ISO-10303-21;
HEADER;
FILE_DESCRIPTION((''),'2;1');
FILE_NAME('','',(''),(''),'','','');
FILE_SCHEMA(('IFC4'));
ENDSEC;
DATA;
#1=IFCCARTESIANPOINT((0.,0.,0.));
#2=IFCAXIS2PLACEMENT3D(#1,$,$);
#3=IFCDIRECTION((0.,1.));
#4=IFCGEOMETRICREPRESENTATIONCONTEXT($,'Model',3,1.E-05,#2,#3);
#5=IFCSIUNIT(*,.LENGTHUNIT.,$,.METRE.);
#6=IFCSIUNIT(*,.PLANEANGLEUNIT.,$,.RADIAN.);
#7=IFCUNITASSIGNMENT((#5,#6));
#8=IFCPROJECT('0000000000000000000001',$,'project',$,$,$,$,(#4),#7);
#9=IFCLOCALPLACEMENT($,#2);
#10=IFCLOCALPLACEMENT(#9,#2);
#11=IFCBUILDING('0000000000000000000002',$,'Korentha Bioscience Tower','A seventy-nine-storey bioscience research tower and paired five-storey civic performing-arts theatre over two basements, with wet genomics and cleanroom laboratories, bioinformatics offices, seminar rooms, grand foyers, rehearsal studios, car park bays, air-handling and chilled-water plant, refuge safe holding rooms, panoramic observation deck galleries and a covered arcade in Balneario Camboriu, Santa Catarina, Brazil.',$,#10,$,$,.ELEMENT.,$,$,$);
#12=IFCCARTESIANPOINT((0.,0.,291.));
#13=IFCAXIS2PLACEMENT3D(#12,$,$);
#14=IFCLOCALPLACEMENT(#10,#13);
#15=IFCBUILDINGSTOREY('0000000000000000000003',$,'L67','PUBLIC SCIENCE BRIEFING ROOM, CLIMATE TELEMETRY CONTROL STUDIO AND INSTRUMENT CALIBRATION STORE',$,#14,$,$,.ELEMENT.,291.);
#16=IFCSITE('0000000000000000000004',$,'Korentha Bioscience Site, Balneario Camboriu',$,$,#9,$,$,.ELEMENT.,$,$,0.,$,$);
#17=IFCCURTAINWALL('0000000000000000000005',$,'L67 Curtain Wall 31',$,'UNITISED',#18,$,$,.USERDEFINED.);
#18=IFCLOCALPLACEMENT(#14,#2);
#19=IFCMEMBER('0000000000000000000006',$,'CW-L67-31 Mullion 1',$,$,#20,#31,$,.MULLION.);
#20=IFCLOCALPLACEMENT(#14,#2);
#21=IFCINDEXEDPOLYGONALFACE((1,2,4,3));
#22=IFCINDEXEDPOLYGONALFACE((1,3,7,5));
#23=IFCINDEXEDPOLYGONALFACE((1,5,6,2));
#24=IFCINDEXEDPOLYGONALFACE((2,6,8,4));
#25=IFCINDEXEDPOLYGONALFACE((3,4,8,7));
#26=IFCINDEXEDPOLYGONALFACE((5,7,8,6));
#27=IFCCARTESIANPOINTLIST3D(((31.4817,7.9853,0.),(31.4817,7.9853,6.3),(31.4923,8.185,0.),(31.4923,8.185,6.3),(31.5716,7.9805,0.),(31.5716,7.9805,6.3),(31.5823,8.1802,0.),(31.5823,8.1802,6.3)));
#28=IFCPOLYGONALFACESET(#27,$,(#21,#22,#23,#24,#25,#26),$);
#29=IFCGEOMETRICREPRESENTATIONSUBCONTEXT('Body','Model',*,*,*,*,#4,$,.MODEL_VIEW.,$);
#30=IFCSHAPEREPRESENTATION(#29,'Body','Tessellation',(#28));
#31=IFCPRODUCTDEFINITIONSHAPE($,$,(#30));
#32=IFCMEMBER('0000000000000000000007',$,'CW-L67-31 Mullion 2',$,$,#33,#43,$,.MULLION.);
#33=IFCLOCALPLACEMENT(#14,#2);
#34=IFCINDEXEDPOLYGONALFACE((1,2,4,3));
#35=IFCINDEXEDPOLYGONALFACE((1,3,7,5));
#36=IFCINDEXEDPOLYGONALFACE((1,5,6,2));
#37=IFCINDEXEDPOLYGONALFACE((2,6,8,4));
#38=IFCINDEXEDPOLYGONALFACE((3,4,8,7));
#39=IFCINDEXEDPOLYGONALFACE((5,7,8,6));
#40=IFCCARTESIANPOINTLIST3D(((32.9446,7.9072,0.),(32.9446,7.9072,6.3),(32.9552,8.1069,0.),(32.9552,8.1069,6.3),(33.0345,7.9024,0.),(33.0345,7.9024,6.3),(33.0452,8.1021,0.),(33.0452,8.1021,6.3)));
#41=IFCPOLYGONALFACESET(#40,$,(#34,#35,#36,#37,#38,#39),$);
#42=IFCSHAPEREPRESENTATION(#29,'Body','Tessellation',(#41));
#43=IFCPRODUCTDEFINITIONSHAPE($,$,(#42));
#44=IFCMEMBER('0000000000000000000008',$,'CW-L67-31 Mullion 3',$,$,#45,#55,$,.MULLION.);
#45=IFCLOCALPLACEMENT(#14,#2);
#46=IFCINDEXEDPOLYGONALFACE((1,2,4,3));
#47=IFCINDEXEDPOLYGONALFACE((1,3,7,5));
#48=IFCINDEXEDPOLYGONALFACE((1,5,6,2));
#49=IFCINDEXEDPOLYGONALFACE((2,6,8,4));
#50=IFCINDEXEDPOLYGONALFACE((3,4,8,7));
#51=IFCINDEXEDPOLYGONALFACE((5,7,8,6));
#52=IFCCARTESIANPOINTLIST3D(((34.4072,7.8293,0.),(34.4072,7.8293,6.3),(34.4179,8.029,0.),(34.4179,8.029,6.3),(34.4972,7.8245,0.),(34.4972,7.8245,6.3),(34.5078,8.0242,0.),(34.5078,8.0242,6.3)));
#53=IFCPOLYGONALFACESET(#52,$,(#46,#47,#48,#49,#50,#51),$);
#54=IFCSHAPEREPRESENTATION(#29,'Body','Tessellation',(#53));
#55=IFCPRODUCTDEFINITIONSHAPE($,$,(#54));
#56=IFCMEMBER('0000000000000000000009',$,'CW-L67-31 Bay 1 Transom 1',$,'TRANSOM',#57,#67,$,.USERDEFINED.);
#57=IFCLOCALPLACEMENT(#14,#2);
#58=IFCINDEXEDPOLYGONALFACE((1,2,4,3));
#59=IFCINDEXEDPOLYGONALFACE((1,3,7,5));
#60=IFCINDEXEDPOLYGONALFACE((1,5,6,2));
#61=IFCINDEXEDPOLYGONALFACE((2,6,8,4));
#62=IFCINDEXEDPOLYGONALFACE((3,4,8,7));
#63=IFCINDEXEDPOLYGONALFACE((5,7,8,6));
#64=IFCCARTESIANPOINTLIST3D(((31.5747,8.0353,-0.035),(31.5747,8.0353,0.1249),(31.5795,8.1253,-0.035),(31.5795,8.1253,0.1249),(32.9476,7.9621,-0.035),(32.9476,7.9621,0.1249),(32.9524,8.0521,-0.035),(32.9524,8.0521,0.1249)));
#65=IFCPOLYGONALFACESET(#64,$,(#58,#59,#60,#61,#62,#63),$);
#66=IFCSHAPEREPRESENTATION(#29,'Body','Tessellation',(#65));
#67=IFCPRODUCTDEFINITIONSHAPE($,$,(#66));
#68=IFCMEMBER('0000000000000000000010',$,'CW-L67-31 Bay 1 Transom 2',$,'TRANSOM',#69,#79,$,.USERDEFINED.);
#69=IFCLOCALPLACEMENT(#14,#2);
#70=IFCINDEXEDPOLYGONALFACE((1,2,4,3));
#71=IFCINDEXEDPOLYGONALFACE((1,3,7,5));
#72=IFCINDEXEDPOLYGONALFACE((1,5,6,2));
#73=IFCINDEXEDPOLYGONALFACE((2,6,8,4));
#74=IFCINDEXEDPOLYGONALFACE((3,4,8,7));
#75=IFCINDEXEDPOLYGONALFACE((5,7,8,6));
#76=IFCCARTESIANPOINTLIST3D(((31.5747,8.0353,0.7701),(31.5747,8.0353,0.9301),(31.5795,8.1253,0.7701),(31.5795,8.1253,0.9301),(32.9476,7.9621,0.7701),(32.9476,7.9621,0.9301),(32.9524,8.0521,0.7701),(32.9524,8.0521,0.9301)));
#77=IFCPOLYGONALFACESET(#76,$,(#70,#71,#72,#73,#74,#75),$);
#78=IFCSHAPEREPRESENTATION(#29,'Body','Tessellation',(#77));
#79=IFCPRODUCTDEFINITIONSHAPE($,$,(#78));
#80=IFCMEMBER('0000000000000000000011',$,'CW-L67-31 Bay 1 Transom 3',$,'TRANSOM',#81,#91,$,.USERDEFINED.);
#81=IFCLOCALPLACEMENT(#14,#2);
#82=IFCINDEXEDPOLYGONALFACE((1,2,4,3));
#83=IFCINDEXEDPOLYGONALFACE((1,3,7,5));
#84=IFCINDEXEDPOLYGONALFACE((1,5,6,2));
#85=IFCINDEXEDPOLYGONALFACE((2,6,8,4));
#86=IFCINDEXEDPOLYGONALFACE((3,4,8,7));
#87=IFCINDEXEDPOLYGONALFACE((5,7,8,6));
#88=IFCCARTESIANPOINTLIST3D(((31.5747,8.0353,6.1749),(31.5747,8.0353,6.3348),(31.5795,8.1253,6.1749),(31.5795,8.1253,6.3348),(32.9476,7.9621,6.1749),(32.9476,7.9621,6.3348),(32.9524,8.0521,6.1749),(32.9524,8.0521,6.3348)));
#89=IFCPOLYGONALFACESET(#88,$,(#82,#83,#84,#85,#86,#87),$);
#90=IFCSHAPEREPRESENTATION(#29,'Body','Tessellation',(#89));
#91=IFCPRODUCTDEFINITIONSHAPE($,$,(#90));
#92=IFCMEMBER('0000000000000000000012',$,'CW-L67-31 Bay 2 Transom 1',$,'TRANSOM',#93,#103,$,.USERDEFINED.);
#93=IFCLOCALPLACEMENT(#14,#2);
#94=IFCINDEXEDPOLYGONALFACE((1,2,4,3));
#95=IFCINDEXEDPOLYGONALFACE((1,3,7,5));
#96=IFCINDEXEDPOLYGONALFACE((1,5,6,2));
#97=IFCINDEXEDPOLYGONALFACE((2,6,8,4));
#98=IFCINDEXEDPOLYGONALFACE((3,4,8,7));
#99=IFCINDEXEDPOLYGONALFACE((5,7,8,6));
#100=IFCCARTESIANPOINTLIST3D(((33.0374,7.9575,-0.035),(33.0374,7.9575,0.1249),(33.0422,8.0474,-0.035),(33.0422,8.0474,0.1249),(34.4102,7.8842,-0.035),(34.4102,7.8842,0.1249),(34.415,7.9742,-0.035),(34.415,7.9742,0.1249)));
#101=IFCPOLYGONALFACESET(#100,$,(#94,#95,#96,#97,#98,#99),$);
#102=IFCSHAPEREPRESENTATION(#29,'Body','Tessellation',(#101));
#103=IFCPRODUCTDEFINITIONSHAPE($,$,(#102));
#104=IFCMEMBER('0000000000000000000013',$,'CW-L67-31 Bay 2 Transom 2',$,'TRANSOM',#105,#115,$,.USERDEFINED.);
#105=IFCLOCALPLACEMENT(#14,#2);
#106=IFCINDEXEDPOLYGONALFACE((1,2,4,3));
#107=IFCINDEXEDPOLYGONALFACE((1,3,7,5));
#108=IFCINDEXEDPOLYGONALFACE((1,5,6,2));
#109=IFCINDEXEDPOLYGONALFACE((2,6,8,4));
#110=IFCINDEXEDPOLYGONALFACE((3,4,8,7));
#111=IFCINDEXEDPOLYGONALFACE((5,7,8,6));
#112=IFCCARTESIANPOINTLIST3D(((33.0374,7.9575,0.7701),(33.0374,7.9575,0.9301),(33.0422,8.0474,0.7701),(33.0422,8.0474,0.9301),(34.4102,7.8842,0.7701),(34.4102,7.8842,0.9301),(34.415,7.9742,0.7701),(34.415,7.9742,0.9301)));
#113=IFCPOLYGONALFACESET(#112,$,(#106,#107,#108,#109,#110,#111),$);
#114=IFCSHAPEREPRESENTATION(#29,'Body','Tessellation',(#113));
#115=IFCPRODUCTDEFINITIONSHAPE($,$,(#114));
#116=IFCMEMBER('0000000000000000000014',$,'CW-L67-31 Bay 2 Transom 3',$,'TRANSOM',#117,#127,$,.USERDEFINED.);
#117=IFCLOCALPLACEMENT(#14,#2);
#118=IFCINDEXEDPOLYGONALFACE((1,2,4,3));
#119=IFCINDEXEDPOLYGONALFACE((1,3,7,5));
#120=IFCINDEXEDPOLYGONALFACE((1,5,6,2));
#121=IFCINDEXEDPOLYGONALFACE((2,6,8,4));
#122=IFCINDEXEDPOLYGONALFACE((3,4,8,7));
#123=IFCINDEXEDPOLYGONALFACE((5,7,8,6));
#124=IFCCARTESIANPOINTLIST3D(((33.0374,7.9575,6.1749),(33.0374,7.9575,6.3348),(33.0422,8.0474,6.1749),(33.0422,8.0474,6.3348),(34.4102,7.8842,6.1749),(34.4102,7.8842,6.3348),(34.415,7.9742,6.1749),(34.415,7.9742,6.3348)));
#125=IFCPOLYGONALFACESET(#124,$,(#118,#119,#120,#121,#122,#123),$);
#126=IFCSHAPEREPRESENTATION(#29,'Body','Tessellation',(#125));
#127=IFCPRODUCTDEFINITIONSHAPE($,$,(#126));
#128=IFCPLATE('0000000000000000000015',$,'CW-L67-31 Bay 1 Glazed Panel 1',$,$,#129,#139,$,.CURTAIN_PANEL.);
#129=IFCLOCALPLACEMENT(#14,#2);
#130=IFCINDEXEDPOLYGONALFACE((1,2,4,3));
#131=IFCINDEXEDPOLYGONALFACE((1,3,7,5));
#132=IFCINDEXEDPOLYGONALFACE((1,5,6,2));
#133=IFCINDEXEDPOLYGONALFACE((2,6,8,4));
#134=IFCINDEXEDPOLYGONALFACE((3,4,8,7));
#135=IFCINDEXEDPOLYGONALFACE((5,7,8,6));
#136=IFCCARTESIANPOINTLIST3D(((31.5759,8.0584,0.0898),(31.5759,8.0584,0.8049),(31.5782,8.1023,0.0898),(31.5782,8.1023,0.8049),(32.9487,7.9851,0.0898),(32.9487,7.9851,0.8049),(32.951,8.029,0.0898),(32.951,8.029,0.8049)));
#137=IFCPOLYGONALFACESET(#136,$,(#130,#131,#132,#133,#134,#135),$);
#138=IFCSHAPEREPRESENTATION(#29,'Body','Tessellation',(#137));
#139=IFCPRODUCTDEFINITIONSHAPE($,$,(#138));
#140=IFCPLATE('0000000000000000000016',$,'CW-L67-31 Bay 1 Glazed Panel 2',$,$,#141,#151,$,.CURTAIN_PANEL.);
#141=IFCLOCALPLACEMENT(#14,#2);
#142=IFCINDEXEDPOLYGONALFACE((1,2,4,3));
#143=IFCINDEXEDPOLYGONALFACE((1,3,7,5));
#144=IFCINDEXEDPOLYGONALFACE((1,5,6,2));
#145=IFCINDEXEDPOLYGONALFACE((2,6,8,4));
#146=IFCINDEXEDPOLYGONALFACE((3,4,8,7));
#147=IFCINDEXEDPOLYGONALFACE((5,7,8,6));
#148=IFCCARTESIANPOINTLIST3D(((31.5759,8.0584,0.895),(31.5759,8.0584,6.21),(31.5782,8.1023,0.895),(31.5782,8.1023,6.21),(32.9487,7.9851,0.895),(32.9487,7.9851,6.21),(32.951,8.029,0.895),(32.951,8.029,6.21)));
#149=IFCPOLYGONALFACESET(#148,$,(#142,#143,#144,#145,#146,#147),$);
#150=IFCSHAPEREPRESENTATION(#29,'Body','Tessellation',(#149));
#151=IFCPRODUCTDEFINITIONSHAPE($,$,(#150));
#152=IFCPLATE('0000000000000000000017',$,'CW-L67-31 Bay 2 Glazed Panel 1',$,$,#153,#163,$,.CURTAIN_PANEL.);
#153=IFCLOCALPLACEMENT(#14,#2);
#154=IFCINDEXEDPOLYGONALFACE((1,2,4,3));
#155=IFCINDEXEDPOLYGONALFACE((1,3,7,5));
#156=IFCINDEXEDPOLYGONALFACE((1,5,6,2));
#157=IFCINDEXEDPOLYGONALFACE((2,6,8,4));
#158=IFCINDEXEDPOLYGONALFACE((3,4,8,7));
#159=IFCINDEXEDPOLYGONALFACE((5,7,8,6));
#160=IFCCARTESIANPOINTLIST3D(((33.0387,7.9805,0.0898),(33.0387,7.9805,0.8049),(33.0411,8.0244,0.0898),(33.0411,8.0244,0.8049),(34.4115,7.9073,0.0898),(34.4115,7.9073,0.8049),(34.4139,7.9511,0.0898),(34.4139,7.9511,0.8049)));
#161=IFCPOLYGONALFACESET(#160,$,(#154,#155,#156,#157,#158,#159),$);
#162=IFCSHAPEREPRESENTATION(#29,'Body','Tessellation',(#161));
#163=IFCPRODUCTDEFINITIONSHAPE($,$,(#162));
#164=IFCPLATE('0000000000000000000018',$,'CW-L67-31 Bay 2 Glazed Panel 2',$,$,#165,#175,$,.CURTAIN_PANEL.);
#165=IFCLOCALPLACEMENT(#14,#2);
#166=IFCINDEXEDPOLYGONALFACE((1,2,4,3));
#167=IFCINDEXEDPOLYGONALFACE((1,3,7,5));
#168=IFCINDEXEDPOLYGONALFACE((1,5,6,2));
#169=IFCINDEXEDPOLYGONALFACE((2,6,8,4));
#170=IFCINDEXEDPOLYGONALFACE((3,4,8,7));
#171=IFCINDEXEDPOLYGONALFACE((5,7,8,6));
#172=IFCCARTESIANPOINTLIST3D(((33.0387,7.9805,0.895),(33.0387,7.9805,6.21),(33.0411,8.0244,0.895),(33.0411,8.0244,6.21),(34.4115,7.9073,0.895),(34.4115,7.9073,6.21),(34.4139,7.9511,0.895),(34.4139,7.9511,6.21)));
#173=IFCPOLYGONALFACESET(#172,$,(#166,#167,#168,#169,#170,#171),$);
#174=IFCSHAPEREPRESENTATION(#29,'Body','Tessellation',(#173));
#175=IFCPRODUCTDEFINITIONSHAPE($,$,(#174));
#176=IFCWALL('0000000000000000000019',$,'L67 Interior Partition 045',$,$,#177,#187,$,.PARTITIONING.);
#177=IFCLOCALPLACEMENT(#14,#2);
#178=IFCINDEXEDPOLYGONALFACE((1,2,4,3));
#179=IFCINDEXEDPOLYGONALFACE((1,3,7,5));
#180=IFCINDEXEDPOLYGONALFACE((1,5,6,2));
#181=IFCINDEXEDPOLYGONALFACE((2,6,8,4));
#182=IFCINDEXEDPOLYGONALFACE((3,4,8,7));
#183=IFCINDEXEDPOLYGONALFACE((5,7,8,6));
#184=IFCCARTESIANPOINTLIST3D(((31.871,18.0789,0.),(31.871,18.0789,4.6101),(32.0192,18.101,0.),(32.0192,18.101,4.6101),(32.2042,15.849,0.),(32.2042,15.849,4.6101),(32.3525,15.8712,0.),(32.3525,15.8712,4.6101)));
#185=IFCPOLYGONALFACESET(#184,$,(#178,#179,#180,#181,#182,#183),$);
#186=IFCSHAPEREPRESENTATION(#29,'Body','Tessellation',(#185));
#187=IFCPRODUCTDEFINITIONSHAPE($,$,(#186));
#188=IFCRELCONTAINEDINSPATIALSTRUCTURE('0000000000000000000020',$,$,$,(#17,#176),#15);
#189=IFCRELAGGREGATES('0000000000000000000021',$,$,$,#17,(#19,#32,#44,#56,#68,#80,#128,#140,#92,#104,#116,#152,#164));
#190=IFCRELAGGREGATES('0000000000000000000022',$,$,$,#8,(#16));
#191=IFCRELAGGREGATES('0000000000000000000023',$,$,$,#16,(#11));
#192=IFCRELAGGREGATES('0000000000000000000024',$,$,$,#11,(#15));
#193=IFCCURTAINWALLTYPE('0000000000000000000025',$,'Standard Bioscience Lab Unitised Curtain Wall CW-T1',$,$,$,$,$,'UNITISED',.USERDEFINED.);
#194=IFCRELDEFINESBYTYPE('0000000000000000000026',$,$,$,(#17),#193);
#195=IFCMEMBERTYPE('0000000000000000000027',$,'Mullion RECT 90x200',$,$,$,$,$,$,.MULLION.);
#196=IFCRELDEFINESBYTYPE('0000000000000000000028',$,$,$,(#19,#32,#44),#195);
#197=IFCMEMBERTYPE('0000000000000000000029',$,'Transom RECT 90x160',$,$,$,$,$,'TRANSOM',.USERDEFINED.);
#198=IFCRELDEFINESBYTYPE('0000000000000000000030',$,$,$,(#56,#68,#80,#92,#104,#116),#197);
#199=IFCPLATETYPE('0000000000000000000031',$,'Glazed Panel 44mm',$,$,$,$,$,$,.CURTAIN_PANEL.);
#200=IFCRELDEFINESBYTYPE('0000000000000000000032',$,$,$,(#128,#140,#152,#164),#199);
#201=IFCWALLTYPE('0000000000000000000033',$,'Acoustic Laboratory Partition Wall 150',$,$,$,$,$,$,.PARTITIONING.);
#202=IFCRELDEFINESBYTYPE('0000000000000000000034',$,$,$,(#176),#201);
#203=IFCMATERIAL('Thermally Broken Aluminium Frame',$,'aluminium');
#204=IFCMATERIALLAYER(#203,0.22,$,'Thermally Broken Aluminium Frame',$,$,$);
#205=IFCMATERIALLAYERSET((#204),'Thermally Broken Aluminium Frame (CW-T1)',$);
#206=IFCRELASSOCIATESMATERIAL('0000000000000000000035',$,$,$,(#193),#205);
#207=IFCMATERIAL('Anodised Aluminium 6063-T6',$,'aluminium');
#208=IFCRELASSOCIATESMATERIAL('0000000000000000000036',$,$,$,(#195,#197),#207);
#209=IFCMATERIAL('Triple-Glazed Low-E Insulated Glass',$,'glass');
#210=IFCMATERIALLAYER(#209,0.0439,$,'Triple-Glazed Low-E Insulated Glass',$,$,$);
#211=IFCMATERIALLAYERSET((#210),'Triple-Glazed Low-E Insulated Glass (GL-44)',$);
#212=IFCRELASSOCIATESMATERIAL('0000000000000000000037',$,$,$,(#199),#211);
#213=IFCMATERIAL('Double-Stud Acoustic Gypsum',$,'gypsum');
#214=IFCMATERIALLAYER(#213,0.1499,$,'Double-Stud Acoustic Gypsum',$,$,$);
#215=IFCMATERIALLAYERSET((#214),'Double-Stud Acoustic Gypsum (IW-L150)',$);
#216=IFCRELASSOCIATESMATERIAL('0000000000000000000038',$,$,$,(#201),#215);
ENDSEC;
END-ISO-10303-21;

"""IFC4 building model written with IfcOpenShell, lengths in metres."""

from ifc_helpers import new_model, si_unit, direction, frame, frame_2d, origin, origin_2d, place, context, subcontext, project, spatial, rectangle, extrude, material, layer, layer_set, material_profile, profile_set, type_object, element, aggregate, save


model = new_model("IFC4")

# Units and contexts
model_context = context("Model", 3, precision=1e-05, world=origin(), true_north=direction((0.0, 1.0)))
body_context = subcontext(model_context, "Body", "Model", "MODEL_VIEW")
ifc_project = project(units=[si_unit("LENGTHUNIT", "METRE"), si_unit("PLANEANGLEUNIT", "RADIAN")], contexts=[model_context])

# Site, building, storey
site_placement = place(None, origin())
site = spatial("IfcSite", under=ifc_project, at=site_placement, Name="Korentha Bioscience Site, Balneario Camboriu", CompositionType="ELEMENT", RefElevation=0.0)
building_placement = place(site_placement, origin())
building = spatial("IfcBuilding", under=site, at=building_placement, Name="Korentha Bioscience Tower", Description="A seventy-nine-storey bioscience research tower and paired five-storey civic performing-arts theatre over two basements, with wet genomics and cleanroom laboratories, bioinformatics offices, seminar rooms, grand foyers, rehearsal studios, car park bays, air-handling and chilled-water plant, refuge safe holding rooms, panoramic observation deck galleries and a covered arcade in Balneario Camboriu, Santa Catarina, Brazil.", CompositionType="ELEMENT")
storey_placement = place(building_placement, frame((0.0, 0.0, 291.0)))
storey = spatial("IfcBuildingStorey", under=building, at=storey_placement, Name="L67", Description="PUBLIC SCIENCE BRIEFING ROOM, CLIMATE TELEMETRY CONTROL STUDIO AND INSTRUMENT CALIBRATION STORE", CompositionType="ELEMENT", Elevation=291.0)

# Curtain wall, members, plates
ifc_material_1 = material(Name="Thermally Broken Aluminium Frame", Category="aluminium")
ifc_layer_1 = layer(ifc_material_1, 0.22, Name="Thermally Broken Aluminium Frame")
ifc_layer_set_1 = layer_set([ifc_layer_1], Name="Thermally Broken Aluminium Frame (CW-T1)")
curtain_wall_type = type_object("IfcCurtainWallType", Name="Standard Bioscience Lab Unitised Curtain Wall CW-T1", ElementType="UNITISED", PredefinedType="USERDEFINED", material=ifc_layer_set_1)
curtain_wall_placement = place(storey_placement, origin())
curtain_wall = element("IfcCurtainWall", 1, at=curtain_wall_placement, inside=storey, type_object=curtain_wall_type, Name="L67 Curtain Wall 31", ObjectType="UNITISED", PredefinedType="USERDEFINED")
ifc_material_2 = material(Name="Anodised Aluminium 6063-T6", Category="aluminium")
ifc_material_profile_1 = material_profile(ifc_material_2, rectangle(XDim=0.0901, YDim=0.2, at=origin_2d()), Name="Anodised Aluminium 6063-T6")
ifc_profile_set_1 = profile_set([ifc_material_profile_1], Name="Anodised Aluminium 6063-T6 (CW-MUL)")
member_type_1 = type_object("IfcMemberType", Name="Mullion RECT 90x200", PredefinedType="MULLION", material=ifc_profile_set_1)
member_1_placement = place(storey_placement, frame((31.532, 8.0828, 0.0), z_axis=(0.0, 0.0, 1.0), x_axis=(0.998579, -0.053285, 0.0)))
member_1 = element("IfcMember", 2, at=member_1_placement, type_object=member_type_1, Name="CW-L67-31 Mullion 1", PredefinedType="MULLION", context=body_context, shape_type="SweptSolid", body=[
    extrude(rectangle(XDim=0.0901, YDim=0.2, at=origin_2d()), origin(), (0.0, 0.0, 1.0), 6.3),
])
member_2_placement = place(storey_placement, frame((32.9949, 8.0046, 0.0), z_axis=(0.0, 0.0, 1.0), x_axis=(0.998579, -0.053285, 0.0)))
member_2 = element("IfcMember", 3, at=member_2_placement, type_object=member_type_1, Name="CW-L67-31 Mullion 2", PredefinedType="MULLION", context=body_context, shape_type="SweptSolid", body=[
    extrude(rectangle(XDim=0.0901, YDim=0.2, at=origin_2d()), origin(), (0.0, 0.0, 1.0), 6.3),
])
member_3_placement = place(storey_placement, frame((34.4575, 7.9268, 0.0), z_axis=(0.0, 0.0, 1.0), x_axis=(0.998579, -0.053285, 0.0)))
member_3 = element("IfcMember", 4, at=member_3_placement, type_object=member_type_1, Name="CW-L67-31 Mullion 3", PredefinedType="MULLION", context=body_context, shape_type="SweptSolid", body=[
    extrude(rectangle(XDim=0.0901, YDim=0.2, at=origin_2d()), origin(), (0.0, 0.0, 1.0), 6.3),
])
ifc_material_profile_2 = material_profile(ifc_material_2, rectangle(XDim=0.0901, YDim=0.1599, at=origin_2d()), Name="Anodised Aluminium 6063-T6")
ifc_profile_set_2 = profile_set([ifc_material_profile_2], Name="Anodised Aluminium 6063-T6 (CW-TRN)")
member_type_2 = type_object("IfcMemberType", Name="Transom RECT 90x160", ElementType="TRANSOM", PredefinedType="USERDEFINED", material=ifc_profile_set_2)
member_4_placement = place(storey_placement, frame((31.5771, 8.0803, 0.0449), z_axis=(0.99858, -0.053277, 0.0), x_axis=(0.053277, 0.99858, 0.0)))
member_4 = element("IfcMember", 5, at=member_4_placement, type_object=member_type_2, Name="CW-L67-31 Bay 1 Transom 1", ObjectType="TRANSOM", PredefinedType="USERDEFINED", context=body_context, shape_type="SweptSolid", body=[
    extrude(rectangle(XDim=0.0901, YDim=0.1599, at=origin_2d()), origin(), (0.0, 0.0, 1.0), 1.3748),
])
member_5_placement = place(storey_placement, frame((31.5771, 8.0803, 0.8501), z_axis=(0.99858, -0.053277, 0.0), x_axis=(0.053277, 0.99858, 0.0)))
member_5 = element("IfcMember", 6, at=member_5_placement, type_object=member_type_2, Name="CW-L67-31 Bay 1 Transom 2", ObjectType="TRANSOM", PredefinedType="USERDEFINED", context=body_context, shape_type="SweptSolid", body=[
    extrude(rectangle(XDim=0.0901, YDim=0.1599, at=origin_2d()), origin(), (0.0, 0.0, 1.0), 1.3748),
])
member_6_placement = place(storey_placement, frame((31.5771, 8.0803, 6.2549), z_axis=(0.99858, -0.053277, 0.0), x_axis=(0.053277, 0.99858, 0.0)))
member_6 = element("IfcMember", 7, at=member_6_placement, type_object=member_type_2, Name="CW-L67-31 Bay 1 Transom 3", ObjectType="TRANSOM", PredefinedType="USERDEFINED", context=body_context, shape_type="SweptSolid", body=[
    extrude(rectangle(XDim=0.0901, YDim=0.1599, at=origin_2d()), origin(), (0.0, 0.0, 1.0), 1.3748),
])
member_7_placement = place(storey_placement, frame((33.0398, 8.0024, 0.0449), z_axis=(0.99858, -0.053277, 0.0), x_axis=(0.053277, 0.99858, 0.0)))
member_7 = element("IfcMember", 8, at=member_7_placement, type_object=member_type_2, Name="CW-L67-31 Bay 2 Transom 1", ObjectType="TRANSOM", PredefinedType="USERDEFINED", context=body_context, shape_type="SweptSolid", body=[
    extrude(rectangle(XDim=0.0901, YDim=0.1599, at=origin_2d()), origin(), (0.0, 0.0, 1.0), 1.3748),
])
member_8_placement = place(storey_placement, frame((33.0398, 8.0024, 0.8501), z_axis=(0.99858, -0.053277, 0.0), x_axis=(0.053277, 0.99858, 0.0)))
member_8 = element("IfcMember", 9, at=member_8_placement, type_object=member_type_2, Name="CW-L67-31 Bay 2 Transom 2", ObjectType="TRANSOM", PredefinedType="USERDEFINED", context=body_context, shape_type="SweptSolid", body=[
    extrude(rectangle(XDim=0.0901, YDim=0.1599, at=origin_2d()), origin(), (0.0, 0.0, 1.0), 1.3748),
])
member_9_placement = place(storey_placement, frame((33.0398, 8.0024, 6.2549), z_axis=(0.99858, -0.053277, 0.0), x_axis=(0.053277, 0.99858, 0.0)))
member_9 = element("IfcMember", 10, at=member_9_placement, type_object=member_type_2, Name="CW-L67-31 Bay 2 Transom 3", ObjectType="TRANSOM", PredefinedType="USERDEFINED", context=body_context, shape_type="SweptSolid", body=[
    extrude(rectangle(XDim=0.0901, YDim=0.1599, at=origin_2d()), origin(), (0.0, 0.0, 1.0), 1.3748),
])
ifc_material_3 = material(Name="Triple-Glazed Low-E Insulated Glass", Category="glass")
ifc_layer_2 = layer(ifc_material_3, 0.0439, Name="Triple-Glazed Low-E Insulated Glass")
ifc_layer_set_2 = layer_set([ifc_layer_2], Name="Triple-Glazed Low-E Insulated Glass (GL-44)")
plate_type = type_object("IfcPlateType", Name="Glazed Panel 44mm", PredefinedType="CURTAIN_PANEL", material=ifc_layer_set_2)
plate_1_placement = place(storey_placement, frame((32.2634, 8.0437, 0.0898), z_axis=(0.0, 0.0, 1.0), x_axis=(0.998579, -0.053285, 0.0)))
plate_1 = element("IfcPlate", 11, at=plate_1_placement, type_object=plate_type, Name="CW-L67-31 Bay 1 Glazed Panel 1", PredefinedType="CURTAIN_PANEL", context=body_context, shape_type="SweptSolid", body=[
    extrude(rectangle(XDim=1.3748, YDim=0.0439, at=origin_2d()), origin(), (0.0, 0.0, 1.0), 0.7151),
])
plate_2_placement = place(storey_placement, frame((32.2634, 8.0437, 0.895), z_axis=(0.0, 0.0, 1.0), x_axis=(0.998579, -0.053285, 0.0)))
plate_2 = element("IfcPlate", 12, at=plate_2_placement, type_object=plate_type, Name="CW-L67-31 Bay 1 Glazed Panel 2", PredefinedType="CURTAIN_PANEL", context=body_context, shape_type="SweptSolid", body=[
    extrude(rectangle(XDim=1.3748, YDim=0.0439, at=origin_2d()), origin(), (0.0, 0.0, 1.0), 5.3149),
])
plate_3_placement = place(storey_placement, frame((33.7263, 7.9658, 0.0898), z_axis=(0.0, 0.0, 1.0), x_axis=(0.998579, -0.053285, 0.0)))
plate_3 = element("IfcPlate", 13, at=plate_3_placement, type_object=plate_type, Name="CW-L67-31 Bay 2 Glazed Panel 1", PredefinedType="CURTAIN_PANEL", context=body_context, shape_type="SweptSolid", body=[
    extrude(rectangle(XDim=1.3748, YDim=0.0439, at=origin_2d()), origin(), (0.0, 0.0, 1.0), 0.7151),
])
plate_4_placement = place(storey_placement, frame((33.7263, 7.9658, 0.895), z_axis=(0.0, 0.0, 1.0), x_axis=(0.998579, -0.053285, 0.0)))
plate_4 = element("IfcPlate", 14, at=plate_4_placement, type_object=plate_type, Name="CW-L67-31 Bay 2 Glazed Panel 2", PredefinedType="CURTAIN_PANEL", context=body_context, shape_type="SweptSolid", body=[
    extrude(rectangle(XDim=1.3748, YDim=0.0439, at=origin_2d()), origin(), (0.0, 0.0, 1.0), 5.3149),
])
aggregate(curtain_wall, [member_1, member_2, member_3, member_4, member_5, member_6, plate_1, plate_2, member_7, member_8, member_9, plate_3, plate_4])

# Shared definitions
ifc_material_4 = material(Name="Double-Stud Acoustic Gypsum", Category="gypsum")
ifc_layer_3 = layer(ifc_material_4, 0.1499, Name="Double-Stud Acoustic Gypsum")
ifc_layer_set_3 = layer_set([ifc_layer_3], Name="Double-Stud Acoustic Gypsum (IW-L150)")
wall_type_1 = type_object("IfcWallType", Name="Acoustic Laboratory Partition Wall 150", PredefinedType="PARTITIONING", material=ifc_layer_set_3)

# Wall
wall_1_placement = place(storey_placement, frame((31.9451, 18.0901, 0.0), z_axis=(0.0, 0.0, 1.0), x_axis=(0.1478, -0.989017, 0.0)))
element("IfcWall", 15, at=wall_1_placement, inside=storey, type_object=wall_type_1, Name="L67 Interior Partition 045", PredefinedType="PARTITIONING", context=body_context, shape_type="SweptSolid", body=[
    extrude(rectangle(XDim=2.2546, YDim=0.1499, at=frame_2d((1.1274, 0.0))), origin(), (0.0, 0.0, 1.0), 4.6101),
])

save(model, "model.ifc")
